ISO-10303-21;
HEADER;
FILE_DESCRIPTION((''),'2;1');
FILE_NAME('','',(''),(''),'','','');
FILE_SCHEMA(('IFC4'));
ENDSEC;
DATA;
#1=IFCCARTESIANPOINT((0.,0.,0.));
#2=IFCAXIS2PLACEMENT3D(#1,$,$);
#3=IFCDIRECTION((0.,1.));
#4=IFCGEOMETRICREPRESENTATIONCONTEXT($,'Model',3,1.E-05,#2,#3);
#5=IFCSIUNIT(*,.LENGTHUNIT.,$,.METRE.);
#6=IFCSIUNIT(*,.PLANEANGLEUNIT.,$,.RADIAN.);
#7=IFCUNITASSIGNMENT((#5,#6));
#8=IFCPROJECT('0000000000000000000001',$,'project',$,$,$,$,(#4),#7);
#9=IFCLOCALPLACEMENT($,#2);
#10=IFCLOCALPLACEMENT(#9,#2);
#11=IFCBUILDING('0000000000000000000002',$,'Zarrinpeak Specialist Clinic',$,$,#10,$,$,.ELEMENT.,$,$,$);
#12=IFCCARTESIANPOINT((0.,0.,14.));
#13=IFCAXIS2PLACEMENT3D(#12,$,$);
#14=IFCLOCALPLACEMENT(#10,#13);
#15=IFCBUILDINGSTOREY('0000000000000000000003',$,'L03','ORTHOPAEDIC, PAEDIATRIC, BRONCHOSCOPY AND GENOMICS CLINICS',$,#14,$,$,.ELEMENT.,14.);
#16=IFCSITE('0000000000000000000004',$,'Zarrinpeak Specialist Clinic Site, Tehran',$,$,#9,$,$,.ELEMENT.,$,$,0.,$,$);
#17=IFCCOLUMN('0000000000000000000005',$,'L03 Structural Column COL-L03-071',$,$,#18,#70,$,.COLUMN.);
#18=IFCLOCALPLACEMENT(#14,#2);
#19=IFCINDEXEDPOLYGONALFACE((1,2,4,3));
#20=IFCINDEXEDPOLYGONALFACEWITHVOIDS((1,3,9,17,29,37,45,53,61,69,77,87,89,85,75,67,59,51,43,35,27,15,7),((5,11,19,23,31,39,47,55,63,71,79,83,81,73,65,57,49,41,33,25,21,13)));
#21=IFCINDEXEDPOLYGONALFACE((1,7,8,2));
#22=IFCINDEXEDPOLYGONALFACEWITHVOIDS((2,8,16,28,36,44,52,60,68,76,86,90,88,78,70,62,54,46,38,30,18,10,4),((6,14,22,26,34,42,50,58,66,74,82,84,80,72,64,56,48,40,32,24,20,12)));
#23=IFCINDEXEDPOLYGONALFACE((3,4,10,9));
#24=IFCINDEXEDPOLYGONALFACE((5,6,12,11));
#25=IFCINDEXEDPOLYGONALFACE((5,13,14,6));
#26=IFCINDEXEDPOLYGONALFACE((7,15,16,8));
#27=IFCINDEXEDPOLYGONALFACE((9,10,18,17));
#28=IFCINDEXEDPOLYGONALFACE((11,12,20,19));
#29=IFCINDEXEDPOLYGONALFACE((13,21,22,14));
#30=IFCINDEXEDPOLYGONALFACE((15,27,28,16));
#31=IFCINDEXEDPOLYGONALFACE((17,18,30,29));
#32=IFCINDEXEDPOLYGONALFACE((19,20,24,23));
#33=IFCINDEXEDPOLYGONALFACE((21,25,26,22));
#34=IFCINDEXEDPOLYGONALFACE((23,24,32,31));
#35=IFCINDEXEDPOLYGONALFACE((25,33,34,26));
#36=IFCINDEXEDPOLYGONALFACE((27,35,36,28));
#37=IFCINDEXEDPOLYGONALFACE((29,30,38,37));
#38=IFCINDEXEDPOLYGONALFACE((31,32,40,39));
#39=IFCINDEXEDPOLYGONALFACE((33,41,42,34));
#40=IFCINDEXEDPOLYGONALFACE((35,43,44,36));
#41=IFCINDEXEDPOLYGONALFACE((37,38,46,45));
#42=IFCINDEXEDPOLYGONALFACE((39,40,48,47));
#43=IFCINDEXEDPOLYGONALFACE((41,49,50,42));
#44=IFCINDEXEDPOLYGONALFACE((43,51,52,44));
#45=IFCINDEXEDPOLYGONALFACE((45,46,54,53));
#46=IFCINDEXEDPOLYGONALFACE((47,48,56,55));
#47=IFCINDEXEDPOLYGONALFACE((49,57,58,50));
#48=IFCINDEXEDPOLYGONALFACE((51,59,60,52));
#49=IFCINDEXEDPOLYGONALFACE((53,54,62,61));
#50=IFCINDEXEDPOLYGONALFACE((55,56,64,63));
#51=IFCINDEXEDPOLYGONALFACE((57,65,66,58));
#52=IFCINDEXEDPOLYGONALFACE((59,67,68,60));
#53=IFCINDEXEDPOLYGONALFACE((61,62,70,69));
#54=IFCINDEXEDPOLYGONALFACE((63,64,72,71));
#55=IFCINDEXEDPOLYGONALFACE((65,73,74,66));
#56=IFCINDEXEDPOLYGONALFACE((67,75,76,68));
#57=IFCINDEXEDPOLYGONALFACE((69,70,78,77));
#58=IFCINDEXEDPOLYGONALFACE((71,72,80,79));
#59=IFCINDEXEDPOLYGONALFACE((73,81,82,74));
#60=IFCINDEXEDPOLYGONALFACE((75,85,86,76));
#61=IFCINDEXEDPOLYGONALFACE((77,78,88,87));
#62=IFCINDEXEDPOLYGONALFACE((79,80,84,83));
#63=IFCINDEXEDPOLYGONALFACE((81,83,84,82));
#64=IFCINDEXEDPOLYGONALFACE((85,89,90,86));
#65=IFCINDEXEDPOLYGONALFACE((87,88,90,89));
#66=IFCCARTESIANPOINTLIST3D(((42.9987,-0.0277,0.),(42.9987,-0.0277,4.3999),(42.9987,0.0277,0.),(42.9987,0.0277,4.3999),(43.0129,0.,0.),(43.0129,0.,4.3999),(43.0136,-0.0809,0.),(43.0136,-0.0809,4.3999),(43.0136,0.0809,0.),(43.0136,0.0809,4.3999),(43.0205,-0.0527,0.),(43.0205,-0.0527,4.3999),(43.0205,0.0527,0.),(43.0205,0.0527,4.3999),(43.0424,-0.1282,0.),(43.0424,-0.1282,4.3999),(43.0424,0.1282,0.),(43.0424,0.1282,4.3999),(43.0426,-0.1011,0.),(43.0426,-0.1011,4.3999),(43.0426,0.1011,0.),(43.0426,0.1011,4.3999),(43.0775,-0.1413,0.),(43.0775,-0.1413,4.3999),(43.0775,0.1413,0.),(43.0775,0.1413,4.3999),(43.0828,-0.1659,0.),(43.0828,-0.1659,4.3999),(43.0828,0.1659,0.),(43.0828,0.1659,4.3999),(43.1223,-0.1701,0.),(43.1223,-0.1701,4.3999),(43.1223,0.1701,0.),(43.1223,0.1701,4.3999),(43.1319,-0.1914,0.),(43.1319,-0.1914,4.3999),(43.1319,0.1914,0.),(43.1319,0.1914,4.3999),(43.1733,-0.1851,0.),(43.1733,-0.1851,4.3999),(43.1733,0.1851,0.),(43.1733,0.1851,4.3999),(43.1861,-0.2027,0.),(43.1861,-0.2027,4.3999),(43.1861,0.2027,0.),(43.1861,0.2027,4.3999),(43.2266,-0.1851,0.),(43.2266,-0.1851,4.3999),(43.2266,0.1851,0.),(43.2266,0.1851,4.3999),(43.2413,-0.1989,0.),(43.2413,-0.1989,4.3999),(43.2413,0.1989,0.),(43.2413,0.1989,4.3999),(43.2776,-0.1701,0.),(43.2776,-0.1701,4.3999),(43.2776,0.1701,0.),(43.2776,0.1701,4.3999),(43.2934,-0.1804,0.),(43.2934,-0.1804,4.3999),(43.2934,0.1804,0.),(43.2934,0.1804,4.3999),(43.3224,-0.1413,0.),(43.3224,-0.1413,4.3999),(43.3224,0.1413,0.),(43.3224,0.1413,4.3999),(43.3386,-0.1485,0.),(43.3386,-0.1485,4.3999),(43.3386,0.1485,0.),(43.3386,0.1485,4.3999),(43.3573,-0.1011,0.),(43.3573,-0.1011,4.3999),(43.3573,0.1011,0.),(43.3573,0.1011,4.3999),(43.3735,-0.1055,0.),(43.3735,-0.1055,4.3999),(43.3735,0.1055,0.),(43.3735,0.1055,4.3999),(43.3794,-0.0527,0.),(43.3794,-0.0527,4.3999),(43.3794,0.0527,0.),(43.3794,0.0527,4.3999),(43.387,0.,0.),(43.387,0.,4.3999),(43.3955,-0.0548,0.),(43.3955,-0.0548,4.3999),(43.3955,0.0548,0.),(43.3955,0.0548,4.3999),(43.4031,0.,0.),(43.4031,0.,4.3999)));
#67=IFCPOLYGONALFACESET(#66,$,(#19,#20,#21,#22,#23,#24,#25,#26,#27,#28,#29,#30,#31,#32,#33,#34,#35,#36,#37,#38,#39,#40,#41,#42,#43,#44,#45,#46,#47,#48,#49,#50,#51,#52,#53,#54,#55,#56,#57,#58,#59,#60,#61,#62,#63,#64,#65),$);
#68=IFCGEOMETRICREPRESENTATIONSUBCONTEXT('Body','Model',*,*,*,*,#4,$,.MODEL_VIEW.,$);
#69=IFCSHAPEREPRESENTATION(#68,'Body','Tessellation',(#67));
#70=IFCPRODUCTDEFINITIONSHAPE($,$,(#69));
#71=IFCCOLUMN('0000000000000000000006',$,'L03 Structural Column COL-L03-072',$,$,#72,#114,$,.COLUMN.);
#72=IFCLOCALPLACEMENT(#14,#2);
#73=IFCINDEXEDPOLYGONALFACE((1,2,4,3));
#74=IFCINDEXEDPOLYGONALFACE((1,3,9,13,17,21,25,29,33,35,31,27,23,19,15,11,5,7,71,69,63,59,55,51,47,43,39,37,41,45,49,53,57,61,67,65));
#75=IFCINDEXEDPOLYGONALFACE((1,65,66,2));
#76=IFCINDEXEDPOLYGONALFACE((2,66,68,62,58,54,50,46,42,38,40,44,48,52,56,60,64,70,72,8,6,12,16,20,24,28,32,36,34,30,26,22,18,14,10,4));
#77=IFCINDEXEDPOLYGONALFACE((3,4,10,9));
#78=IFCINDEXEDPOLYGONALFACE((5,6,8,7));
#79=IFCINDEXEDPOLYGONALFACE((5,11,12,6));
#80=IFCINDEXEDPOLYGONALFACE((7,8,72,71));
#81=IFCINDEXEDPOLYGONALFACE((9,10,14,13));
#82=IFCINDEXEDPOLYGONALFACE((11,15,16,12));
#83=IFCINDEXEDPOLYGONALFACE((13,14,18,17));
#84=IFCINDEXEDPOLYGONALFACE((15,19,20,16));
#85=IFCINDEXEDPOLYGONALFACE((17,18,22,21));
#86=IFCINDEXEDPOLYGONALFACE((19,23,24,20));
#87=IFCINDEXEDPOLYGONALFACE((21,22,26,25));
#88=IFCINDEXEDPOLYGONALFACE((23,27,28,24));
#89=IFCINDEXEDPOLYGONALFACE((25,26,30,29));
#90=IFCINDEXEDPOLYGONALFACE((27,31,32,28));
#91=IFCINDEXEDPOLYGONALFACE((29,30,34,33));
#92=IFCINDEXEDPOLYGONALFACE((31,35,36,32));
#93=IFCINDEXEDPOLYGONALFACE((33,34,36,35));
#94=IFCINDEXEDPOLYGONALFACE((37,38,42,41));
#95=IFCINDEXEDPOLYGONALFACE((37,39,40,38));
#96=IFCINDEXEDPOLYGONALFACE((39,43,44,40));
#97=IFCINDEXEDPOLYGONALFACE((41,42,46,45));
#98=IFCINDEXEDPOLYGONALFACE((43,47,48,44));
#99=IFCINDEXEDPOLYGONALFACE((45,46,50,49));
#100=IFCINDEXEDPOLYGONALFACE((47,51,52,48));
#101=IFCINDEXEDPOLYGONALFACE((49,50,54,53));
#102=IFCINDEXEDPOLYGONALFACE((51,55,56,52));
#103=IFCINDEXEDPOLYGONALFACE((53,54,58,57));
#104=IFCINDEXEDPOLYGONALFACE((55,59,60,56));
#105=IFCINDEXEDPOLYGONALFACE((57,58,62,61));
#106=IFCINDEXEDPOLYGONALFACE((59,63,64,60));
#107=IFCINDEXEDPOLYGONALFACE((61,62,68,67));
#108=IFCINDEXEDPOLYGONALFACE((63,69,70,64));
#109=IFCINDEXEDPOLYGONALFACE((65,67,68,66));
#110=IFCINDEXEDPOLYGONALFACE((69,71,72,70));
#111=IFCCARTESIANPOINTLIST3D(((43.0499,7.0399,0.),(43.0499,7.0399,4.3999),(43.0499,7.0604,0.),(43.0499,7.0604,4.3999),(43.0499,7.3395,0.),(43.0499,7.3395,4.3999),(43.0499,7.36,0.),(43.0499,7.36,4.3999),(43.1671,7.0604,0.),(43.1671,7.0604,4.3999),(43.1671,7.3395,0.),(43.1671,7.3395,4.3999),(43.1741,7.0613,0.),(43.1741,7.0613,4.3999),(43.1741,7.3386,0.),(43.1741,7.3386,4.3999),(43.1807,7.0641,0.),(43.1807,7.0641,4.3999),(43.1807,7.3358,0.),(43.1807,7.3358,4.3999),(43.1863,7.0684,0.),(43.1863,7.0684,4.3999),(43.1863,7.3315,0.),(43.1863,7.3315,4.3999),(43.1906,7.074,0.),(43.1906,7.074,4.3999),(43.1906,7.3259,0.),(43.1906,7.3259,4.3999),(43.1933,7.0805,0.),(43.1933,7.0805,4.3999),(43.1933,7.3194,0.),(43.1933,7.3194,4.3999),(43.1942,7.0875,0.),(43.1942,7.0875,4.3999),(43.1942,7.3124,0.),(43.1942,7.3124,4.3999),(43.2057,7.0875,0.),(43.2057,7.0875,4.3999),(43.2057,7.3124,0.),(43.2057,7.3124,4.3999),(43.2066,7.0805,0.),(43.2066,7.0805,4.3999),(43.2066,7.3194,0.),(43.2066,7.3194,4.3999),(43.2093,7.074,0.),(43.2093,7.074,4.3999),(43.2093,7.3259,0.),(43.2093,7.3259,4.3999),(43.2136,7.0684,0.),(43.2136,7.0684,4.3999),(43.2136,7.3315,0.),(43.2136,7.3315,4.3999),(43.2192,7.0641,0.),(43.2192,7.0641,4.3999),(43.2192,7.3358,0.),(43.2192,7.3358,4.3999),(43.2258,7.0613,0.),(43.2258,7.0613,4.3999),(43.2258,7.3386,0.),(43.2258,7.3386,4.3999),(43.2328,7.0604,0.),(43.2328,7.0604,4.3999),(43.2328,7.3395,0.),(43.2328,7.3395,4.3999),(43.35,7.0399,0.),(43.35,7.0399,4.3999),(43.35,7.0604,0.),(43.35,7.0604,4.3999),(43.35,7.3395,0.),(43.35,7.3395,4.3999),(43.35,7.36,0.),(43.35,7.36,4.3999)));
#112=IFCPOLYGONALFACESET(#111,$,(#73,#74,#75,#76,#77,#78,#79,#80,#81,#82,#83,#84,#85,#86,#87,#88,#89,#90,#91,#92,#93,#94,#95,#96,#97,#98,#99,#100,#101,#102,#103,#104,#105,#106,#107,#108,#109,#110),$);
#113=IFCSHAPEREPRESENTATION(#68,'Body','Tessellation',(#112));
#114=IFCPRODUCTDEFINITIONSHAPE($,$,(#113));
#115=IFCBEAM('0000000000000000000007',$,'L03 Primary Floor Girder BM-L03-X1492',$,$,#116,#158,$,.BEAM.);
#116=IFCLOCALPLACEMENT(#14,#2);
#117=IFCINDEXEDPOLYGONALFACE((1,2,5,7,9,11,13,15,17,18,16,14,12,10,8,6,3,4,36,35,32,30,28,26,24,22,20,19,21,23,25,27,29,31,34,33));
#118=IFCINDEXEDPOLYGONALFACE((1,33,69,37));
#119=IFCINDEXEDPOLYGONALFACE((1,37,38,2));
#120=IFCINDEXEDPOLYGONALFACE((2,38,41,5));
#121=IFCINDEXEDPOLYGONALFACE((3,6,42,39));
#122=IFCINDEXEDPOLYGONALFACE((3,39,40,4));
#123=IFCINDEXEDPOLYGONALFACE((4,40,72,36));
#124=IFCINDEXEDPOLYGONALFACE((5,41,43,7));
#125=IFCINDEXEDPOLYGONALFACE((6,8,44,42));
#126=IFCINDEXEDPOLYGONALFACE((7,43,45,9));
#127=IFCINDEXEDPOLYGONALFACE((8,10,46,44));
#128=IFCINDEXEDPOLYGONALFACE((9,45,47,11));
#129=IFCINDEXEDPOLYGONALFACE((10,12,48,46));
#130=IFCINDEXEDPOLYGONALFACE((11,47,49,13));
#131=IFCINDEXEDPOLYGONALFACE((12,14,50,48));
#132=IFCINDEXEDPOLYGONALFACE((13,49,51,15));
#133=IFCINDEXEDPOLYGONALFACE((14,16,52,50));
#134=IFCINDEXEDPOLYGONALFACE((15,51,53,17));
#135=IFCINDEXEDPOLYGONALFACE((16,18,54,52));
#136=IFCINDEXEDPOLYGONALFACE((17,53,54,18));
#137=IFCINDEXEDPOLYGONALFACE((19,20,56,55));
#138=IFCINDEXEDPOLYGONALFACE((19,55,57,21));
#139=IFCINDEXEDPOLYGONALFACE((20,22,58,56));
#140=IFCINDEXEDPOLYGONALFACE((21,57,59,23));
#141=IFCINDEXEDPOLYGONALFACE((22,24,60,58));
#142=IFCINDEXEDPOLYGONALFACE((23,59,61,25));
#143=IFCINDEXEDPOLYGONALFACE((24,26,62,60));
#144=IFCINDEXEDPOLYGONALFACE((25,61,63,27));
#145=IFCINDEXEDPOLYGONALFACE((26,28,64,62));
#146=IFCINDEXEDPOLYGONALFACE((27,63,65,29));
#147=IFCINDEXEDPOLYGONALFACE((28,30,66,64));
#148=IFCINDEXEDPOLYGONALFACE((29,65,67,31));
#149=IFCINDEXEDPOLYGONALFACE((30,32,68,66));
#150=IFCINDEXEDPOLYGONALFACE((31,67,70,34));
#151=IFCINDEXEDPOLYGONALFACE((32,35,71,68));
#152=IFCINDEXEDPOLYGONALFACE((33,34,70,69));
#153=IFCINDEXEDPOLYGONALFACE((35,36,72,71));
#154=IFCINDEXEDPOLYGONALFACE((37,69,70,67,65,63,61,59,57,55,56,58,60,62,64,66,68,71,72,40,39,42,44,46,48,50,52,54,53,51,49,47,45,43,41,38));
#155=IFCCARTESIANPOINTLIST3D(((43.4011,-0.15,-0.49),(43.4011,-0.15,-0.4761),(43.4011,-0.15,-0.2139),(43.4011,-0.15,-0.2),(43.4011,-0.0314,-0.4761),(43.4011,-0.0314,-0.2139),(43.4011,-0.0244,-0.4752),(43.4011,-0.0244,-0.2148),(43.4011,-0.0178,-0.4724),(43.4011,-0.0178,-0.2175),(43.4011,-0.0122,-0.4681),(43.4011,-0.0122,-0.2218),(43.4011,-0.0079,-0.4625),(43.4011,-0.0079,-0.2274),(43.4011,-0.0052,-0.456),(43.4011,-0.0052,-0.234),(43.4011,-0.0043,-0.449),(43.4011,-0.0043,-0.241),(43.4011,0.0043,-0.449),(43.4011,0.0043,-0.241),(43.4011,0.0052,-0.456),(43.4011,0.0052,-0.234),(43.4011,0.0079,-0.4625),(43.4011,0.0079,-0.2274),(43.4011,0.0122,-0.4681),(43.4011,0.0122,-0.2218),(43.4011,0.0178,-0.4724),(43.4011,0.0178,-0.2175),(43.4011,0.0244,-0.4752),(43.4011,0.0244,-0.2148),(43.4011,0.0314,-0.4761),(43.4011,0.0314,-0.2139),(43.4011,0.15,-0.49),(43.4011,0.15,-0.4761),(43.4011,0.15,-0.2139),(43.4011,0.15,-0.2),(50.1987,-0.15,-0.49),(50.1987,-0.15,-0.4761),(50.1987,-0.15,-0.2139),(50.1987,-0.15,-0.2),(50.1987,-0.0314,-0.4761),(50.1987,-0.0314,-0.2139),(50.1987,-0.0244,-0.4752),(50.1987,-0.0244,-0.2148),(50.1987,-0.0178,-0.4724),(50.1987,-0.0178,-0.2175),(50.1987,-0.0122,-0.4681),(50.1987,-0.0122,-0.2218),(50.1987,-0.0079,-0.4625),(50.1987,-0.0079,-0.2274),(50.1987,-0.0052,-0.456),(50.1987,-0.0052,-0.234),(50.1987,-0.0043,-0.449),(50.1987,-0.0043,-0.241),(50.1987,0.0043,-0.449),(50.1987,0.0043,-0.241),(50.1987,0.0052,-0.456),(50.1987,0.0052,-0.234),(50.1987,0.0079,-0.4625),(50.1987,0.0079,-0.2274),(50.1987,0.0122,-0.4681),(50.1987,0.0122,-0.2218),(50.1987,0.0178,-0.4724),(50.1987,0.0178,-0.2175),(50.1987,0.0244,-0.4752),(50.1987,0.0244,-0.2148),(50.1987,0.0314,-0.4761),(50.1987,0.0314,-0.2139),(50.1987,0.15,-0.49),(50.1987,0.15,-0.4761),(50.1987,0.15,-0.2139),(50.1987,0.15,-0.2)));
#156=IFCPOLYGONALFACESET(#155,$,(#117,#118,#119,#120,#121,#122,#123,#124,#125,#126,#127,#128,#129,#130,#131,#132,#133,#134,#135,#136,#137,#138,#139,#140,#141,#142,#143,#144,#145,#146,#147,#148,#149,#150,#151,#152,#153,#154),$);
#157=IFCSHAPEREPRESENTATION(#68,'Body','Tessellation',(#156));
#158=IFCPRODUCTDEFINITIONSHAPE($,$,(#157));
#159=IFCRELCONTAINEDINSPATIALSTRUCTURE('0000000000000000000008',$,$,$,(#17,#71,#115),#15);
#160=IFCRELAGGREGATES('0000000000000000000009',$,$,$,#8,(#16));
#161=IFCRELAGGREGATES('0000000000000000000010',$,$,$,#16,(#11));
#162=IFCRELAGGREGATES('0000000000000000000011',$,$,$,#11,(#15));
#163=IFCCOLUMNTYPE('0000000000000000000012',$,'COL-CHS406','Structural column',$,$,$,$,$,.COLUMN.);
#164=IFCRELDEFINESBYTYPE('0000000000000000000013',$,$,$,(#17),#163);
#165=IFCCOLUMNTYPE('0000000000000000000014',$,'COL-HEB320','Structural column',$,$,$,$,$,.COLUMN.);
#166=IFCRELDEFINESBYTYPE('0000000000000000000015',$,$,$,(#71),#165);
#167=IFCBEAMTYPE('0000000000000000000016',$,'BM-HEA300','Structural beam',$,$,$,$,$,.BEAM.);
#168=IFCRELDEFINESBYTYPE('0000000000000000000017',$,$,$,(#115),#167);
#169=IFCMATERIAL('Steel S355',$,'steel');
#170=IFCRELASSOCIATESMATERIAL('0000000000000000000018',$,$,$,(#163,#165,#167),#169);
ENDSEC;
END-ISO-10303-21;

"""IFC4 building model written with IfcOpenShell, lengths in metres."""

from ifc_helpers import new_model, si_unit, direction, frame, origin, origin_2d, place, context, subcontext, project, spatial, hollow_circle, i_section, extrude, material, material_profile, profile_set, type_object, element, save


model = new_model("IFC4")

# Units and contexts
model_context = context("Model", 3, precision=1e-05, world=origin(), true_north=direction((0.0, 1.0)))
body_context = subcontext(model_context, "Body", "Model", "MODEL_VIEW")
ifc_project = project(units=[si_unit("LENGTHUNIT", "METRE"), si_unit("PLANEANGLEUNIT", "RADIAN")], contexts=[model_context])

# Site, building, storey
site_placement = place(None, origin())
site = spatial("IfcSite", under=ifc_project, at=site_placement, Name="Zarrinpeak Specialist Clinic Site, Tehran", CompositionType="ELEMENT", RefElevation=0.0)
building_placement = place(site_placement, origin())
building = spatial("IfcBuilding", under=site, at=building_placement, Name="Zarrinpeak Specialist Clinic", CompositionType="ELEMENT")
storey_placement = place(building_placement, frame((0.0, 0.0, 14.0)))
storey = spatial("IfcBuildingStorey", under=building, at=storey_placement, Name="L03", Description="ORTHOPAEDIC, PAEDIATRIC, BRONCHOSCOPY AND GENOMICS CLINICS", CompositionType="ELEMENT", Elevation=14.0)

# Columns
ifc_material_1 = material(Name="Steel S355", Category="steel")
ifc_material_profile_1 = material_profile(ifc_material_1, hollow_circle(Radius=0.2031, WallThickness=0.0161, at=origin_2d()), Name="CHS 406.4x16.0")
ifc_profile_set_1 = profile_set([ifc_material_profile_1], Name="Steel S355")
column_type_1 = type_object("IfcColumnType", Name="COL-CHS406", Description="Structural column", PredefinedType="COLUMN", material=ifc_profile_set_1)
column_1_placement = place(storey_placement, frame((43.2, 0.0, 0.0), z_axis=(0.0, 0.0, 1.0), x_axis=(1.0, 0.0, 0.0)))
element("IfcColumn", 1, at=column_1_placement, inside=storey, type_object=column_type_1, Name="L03 Structural Column COL-L03-071", PredefinedType="COLUMN", context=body_context, shape_type="SweptSolid", body=[
    extrude(hollow_circle(Radius=0.2031, WallThickness=0.0161, at=origin_2d()), origin(), (0.0, 0.0, 1.0), 4.3999),
])
ifc_material_profile_2 = material_profile(ifc_material_1, i_section(OverallWidth=0.3, OverallDepth=0.3201, WebThickness=0.0115, FlangeThickness=0.0205, FilletRadius=0.0271, at=origin_2d()), Name="HEB 320")
ifc_profile_set_2 = profile_set([ifc_material_profile_2], Name="Steel S355")
column_type_2 = type_object("IfcColumnType", Name="COL-HEB320", Description="Structural column", PredefinedType="COLUMN", material=ifc_profile_set_2)
column_2_placement = place(storey_placement, frame((43.2, 7.2, 0.0), z_axis=(0.0, 0.0, 1.0), x_axis=(1.0, 0.0, 0.0)))
element("IfcColumn", 2, at=column_2_placement, inside=storey, type_object=column_type_2, Name="L03 Structural Column COL-L03-072", PredefinedType="COLUMN", context=body_context, shape_type="SweptSolid", body=[
    extrude(i_section(OverallWidth=0.3, OverallDepth=0.3201, WebThickness=0.0115, FlangeThickness=0.0205, FilletRadius=0.0271, at=origin_2d()), origin(), (0.0, 0.0, 1.0), 4.3999),
])

# Beam
ifc_material_profile_3 = material_profile(ifc_material_1, i_section(OverallWidth=0.3, OverallDepth=0.29, WebThickness=0.0085, FlangeThickness=0.0139, FilletRadius=0.0271, at=origin_2d()), Name="HEA 300")
ifc_profile_set_3 = profile_set([ifc_material_profile_3], Name="Steel S355")
beam_type = type_object("IfcBeamType", Name="BM-HEA300", Description="Structural beam", PredefinedType="BEAM", material=ifc_profile_set_3)
beam_1_placement = place(storey_placement, frame((43.4011, 0.0, -0.345), z_axis=(1.0, 0.0, 0.0), x_axis=(0.0, 1.0, 0.0)))
element("IfcBeam", 3, at=beam_1_placement, inside=storey, type_object=beam_type, Name="L03 Primary Floor Girder BM-L03-X1492", PredefinedType="BEAM", context=body_context, shape_type="SweptSolid", body=[
    extrude(i_section(OverallWidth=0.3, OverallDepth=0.29, WebThickness=0.0085, FlangeThickness=0.0139, FilletRadius=0.0271, at=origin_2d()), origin(), (0.0, 0.0, 1.0), 6.7976),
])

save(model, "model.ifc")
